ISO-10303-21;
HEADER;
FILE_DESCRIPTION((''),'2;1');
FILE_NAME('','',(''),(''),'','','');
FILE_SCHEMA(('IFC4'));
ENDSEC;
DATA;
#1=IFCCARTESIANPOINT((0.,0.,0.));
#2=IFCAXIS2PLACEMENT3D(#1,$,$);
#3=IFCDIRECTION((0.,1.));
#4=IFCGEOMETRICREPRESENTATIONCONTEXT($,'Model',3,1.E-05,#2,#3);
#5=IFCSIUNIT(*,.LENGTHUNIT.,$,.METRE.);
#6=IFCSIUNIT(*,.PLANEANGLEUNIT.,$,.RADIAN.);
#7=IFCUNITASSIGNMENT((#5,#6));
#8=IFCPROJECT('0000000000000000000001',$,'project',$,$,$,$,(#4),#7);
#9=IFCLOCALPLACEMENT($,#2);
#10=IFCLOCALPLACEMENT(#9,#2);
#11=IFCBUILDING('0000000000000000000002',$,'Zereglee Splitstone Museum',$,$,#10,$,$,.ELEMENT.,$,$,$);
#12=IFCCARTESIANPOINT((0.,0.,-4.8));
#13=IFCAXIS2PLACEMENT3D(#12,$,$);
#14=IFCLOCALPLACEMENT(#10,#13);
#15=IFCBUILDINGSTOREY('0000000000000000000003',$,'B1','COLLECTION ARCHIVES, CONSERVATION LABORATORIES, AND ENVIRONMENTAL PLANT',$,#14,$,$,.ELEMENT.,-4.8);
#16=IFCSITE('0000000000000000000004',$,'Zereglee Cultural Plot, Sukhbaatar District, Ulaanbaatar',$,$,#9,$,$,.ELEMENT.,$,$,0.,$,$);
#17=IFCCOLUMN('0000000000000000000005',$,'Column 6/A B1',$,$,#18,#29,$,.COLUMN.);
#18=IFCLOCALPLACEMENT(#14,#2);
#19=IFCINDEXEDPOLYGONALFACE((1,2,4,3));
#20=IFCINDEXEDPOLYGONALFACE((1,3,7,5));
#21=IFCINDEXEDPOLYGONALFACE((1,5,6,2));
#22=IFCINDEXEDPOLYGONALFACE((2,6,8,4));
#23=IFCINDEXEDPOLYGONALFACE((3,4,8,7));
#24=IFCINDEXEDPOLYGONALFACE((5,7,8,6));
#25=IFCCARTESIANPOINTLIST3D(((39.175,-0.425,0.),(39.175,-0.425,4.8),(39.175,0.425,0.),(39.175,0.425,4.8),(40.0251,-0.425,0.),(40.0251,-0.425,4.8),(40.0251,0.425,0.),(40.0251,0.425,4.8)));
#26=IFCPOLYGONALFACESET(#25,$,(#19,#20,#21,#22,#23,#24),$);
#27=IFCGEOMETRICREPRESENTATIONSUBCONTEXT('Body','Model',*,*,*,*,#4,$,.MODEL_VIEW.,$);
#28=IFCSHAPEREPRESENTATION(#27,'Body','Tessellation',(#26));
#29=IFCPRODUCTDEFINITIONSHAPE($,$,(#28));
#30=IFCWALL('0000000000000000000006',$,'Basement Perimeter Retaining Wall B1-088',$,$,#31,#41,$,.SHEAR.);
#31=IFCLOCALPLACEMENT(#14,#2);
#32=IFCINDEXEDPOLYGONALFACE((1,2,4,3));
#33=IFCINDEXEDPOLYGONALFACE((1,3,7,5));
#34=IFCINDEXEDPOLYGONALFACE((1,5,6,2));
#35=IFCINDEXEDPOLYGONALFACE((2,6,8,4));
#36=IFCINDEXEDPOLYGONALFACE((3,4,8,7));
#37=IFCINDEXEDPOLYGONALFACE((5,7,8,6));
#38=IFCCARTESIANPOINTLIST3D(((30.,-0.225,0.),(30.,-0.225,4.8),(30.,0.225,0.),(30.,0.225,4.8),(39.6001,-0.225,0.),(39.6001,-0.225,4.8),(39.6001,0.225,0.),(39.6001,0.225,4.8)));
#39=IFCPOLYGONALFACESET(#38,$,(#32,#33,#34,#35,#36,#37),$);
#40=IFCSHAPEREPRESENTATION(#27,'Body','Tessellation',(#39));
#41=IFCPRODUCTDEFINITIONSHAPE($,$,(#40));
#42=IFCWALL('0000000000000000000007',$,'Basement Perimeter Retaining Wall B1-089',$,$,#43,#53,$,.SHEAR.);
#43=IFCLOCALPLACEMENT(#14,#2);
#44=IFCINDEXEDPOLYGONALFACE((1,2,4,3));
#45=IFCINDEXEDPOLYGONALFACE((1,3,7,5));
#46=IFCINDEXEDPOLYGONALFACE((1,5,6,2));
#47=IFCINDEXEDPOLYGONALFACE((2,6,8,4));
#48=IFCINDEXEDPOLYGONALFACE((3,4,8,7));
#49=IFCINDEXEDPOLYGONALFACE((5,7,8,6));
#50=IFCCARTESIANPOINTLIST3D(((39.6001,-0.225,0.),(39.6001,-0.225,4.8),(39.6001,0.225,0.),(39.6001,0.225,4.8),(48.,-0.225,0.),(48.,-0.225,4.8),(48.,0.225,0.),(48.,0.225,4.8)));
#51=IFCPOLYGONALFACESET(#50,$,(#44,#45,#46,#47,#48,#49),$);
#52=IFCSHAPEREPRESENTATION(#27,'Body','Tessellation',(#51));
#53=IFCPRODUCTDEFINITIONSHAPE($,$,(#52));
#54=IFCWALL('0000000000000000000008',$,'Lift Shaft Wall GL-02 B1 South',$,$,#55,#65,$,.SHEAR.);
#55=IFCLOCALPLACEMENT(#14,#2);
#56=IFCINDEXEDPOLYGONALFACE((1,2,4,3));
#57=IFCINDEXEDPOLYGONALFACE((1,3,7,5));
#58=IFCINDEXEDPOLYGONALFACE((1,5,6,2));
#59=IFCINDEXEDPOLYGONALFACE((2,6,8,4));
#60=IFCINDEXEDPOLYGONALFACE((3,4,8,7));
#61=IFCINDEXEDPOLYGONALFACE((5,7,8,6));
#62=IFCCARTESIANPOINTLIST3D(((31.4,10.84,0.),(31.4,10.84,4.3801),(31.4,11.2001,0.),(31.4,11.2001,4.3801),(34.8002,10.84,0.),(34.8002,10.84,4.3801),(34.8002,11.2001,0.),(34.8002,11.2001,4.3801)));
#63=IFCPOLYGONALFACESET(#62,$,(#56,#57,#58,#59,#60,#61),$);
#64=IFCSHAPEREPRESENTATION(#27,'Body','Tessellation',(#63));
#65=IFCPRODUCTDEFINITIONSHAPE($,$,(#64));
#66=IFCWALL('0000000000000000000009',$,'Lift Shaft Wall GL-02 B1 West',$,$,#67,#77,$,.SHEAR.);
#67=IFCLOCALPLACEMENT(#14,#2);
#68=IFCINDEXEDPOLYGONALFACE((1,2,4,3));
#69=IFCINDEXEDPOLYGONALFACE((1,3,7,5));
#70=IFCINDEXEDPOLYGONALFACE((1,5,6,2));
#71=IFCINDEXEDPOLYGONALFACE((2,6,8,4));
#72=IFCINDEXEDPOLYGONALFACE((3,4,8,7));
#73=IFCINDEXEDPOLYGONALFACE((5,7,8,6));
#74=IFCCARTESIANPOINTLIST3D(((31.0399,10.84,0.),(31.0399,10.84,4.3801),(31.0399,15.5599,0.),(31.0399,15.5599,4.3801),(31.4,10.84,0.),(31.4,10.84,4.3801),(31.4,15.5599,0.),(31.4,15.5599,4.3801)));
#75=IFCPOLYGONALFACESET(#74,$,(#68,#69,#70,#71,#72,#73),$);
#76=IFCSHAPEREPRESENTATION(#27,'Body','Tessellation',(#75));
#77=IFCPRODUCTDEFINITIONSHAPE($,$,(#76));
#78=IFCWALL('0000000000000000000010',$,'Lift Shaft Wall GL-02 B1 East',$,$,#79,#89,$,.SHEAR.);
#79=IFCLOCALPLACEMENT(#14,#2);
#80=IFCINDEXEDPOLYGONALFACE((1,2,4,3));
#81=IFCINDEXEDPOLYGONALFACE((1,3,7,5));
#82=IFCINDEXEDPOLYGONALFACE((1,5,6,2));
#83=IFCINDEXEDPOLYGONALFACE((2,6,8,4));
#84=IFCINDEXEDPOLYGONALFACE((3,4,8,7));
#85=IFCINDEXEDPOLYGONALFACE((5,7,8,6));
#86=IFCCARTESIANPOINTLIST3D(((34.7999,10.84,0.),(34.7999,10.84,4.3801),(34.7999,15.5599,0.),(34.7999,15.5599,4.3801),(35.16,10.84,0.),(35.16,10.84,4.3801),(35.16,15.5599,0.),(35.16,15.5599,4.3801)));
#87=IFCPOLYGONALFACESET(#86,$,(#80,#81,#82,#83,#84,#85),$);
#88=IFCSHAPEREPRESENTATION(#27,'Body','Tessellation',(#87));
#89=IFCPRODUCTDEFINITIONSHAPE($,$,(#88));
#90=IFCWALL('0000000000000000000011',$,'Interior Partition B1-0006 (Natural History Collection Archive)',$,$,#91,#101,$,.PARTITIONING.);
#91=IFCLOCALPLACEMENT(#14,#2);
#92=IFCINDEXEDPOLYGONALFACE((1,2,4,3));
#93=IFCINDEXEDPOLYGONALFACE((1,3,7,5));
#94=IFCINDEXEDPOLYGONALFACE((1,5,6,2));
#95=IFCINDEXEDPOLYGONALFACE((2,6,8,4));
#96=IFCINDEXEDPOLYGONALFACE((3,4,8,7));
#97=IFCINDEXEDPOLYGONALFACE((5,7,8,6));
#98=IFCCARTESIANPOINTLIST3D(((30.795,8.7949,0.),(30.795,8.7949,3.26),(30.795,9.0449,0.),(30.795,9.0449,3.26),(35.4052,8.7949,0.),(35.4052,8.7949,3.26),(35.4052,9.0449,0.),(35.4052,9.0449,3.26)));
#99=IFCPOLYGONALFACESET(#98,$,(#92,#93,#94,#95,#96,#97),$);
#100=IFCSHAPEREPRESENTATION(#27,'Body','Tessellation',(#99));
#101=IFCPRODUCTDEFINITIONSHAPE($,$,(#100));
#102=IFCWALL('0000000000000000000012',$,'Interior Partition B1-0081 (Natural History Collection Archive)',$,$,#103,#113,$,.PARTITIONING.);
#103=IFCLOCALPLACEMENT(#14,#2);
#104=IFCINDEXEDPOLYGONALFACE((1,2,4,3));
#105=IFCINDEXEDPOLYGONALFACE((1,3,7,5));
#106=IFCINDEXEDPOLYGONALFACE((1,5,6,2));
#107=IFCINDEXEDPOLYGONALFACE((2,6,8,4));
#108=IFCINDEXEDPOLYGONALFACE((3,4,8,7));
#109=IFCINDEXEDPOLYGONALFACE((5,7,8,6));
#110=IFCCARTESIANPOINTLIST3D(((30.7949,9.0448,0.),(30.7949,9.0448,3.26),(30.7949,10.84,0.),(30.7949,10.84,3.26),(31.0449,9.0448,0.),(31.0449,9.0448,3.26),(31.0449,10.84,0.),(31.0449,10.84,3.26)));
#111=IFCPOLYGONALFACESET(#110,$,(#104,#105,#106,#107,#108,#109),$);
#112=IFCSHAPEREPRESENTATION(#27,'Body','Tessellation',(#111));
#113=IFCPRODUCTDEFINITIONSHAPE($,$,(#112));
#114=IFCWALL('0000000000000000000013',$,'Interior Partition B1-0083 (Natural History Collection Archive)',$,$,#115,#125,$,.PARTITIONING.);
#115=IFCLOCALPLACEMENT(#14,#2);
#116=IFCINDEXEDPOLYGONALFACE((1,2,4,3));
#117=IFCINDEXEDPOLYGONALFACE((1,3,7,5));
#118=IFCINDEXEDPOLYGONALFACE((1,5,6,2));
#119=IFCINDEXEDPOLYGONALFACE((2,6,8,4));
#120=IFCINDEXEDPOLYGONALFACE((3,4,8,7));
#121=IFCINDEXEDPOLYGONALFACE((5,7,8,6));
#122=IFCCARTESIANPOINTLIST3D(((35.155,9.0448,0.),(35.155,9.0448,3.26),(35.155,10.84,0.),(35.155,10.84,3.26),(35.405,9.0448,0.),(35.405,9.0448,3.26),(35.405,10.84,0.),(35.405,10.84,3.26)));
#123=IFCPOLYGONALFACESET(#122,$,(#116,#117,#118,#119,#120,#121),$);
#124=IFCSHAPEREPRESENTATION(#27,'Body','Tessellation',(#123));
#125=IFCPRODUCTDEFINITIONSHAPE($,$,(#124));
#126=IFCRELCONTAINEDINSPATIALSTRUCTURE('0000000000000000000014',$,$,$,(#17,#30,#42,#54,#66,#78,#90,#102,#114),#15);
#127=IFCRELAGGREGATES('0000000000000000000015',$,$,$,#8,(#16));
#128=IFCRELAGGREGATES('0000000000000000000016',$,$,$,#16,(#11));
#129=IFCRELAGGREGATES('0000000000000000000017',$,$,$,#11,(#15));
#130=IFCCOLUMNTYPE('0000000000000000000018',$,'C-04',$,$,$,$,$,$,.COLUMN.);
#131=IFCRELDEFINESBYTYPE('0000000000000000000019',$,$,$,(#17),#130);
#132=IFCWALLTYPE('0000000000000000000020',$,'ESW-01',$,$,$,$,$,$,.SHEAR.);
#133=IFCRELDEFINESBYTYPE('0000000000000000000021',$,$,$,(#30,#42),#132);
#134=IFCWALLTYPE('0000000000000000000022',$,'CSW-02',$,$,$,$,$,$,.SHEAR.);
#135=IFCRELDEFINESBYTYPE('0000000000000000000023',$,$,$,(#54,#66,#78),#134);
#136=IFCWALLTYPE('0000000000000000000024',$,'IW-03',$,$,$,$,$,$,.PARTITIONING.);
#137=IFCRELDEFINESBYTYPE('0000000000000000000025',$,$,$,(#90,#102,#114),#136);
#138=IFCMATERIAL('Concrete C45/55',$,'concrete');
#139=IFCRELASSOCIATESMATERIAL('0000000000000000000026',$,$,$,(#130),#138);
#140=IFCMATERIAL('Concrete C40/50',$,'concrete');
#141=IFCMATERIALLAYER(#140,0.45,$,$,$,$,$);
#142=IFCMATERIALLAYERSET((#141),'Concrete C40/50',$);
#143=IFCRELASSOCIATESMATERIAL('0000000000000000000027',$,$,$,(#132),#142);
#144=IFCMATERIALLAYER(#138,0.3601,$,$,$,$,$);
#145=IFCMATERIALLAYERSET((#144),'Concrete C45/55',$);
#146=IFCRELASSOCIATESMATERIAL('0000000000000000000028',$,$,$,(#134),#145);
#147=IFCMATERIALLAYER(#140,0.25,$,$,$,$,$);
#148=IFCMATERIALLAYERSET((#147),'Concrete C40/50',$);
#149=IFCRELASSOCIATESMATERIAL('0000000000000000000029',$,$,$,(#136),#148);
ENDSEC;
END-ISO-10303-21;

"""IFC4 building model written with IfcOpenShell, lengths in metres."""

from ifc_helpers import new_model, si_unit, direction, frame, frame_2d, origin, origin_2d, place, context, subcontext, project, spatial, rectangle, extrude, material, layer, layer_set, material_profile, profile_set, type_object, element, save


model = new_model("IFC4")

# Units and contexts
model_context = context("Model", 3, precision=1e-05, world=origin(), true_north=direction((0.0, 1.0)))
body_context = subcontext(model_context, "Body", "Model", "MODEL_VIEW")
ifc_project = project(units=[si_unit("LENGTHUNIT", "METRE"), si_unit("PLANEANGLEUNIT", "RADIAN")], contexts=[model_context])

# Site, building, storey
site_placement = place(None, origin())
site = spatial("IfcSite", under=ifc_project, at=site_placement, Name="Zereglee Cultural Plot, Sukhbaatar District, Ulaanbaatar", CompositionType="ELEMENT", RefElevation=0.0)
building_placement = place(site_placement, origin())
building = spatial("IfcBuilding", under=site, at=building_placement, Name="Zereglee Splitstone Museum", CompositionType="ELEMENT")
storey_placement = place(building_placement, frame((0.0, 0.0, -4.8)))
storey = spatial("IfcBuildingStorey", under=building, at=storey_placement, Name="B1", Description="COLLECTION ARCHIVES, CONSERVATION LABORATORIES, AND ENVIRONMENTAL PLANT", CompositionType="ELEMENT", Elevation=-4.8)

# Shared definitions
ifc_material_1 = material(Name="Concrete C40/50", Category="concrete")

# Column
ifc_material_2 = material(Name="Concrete C45/55", Category="concrete")
ifc_material_profile_1 = material_profile(ifc_material_2, rectangle(XDim=0.8501, YDim=0.8501, at=origin_2d()), Name="RC 850x850")
ifc_profile_set_1 = profile_set([ifc_material_profile_1], Name="Concrete C45/55")
column_type_1 = type_object("IfcColumnType", Name="C-04", PredefinedType="COLUMN", material=ifc_profile_set_1)
column_1_placement = place(storey_placement, frame((39.6001, 0.0, 0.0), z_axis=(0.0, 0.0, 1.0), x_axis=(1.0, 0.0, 0.0)))
element("IfcColumn", 1, at=column_1_placement, inside=storey, type_object=column_type_1, Name="Column 6/A B1", PredefinedType="COLUMN", context=body_context, shape_type="SweptSolid", body=[
    extrude(rectangle(XDim=0.8501, YDim=0.8501, at=origin_2d()), origin(), (0.0, 0.0, 1.0), 4.8),
])

# Walls
ifc_layer_1 = layer(ifc_material_1, 0.45)
ifc_layer_set_1 = layer_set([ifc_layer_1], Name="Concrete C40/50")
wall_type_1 = type_object("IfcWallType", Name="ESW-01", PredefinedType="SHEAR", material=ifc_layer_set_1)
wall_1_placement = place(storey_placement, frame((30.0, 0.0, 0.0), z_axis=(0.0, 0.0, 1.0), x_axis=(1.0, 0.0, 0.0)))
element("IfcWall", 2, at=wall_1_placement, inside=storey, type_object=wall_type_1, Name="Basement Perimeter Retaining Wall B1-088", PredefinedType="SHEAR", context=body_context, shape_type="SweptSolid", body=[
    extrude(rectangle(XDim=9.6001, YDim=0.45, at=frame_2d((4.8, 0.0))), origin(), (0.0, 0.0, 1.0), 4.8),
])
wall_2_placement = place(storey_placement, frame((39.6001, 0.0, 0.0), z_axis=(0.0, 0.0, 1.0), x_axis=(1.0, 0.0, 0.0)))
element("IfcWall", 3, at=wall_2_placement, inside=storey, type_object=wall_type_1, Name="Basement Perimeter Retaining Wall B1-089", PredefinedType="SHEAR", context=body_context, shape_type="SweptSolid", body=[
    extrude(rectangle(XDim=8.3999, YDim=0.45, at=frame_2d((4.2, 0.0))), origin(), (0.0, 0.0, 1.0), 4.8),
])
ifc_layer_2 = layer(ifc_material_2, 0.3601)
ifc_layer_set_2 = layer_set([ifc_layer_2], Name="Concrete C45/55")
wall_type_2 = type_object("IfcWallType", Name="CSW-02", PredefinedType="SHEAR", material=ifc_layer_set_2)
wall_3_placement = place(storey_placement, frame((31.3999, 11.02, 0.0), z_axis=(0.0, 0.0, 1.0), x_axis=(1.0, 0.0, 0.0)))
element("IfcWall", 4, at=wall_3_placement, inside=storey, type_object=wall_type_2, Name="Lift Shaft Wall GL-02 B1 South", PredefinedType="SHEAR", context=body_context, shape_type="SweptSolid", body=[
    extrude(rectangle(XDim=3.4001, YDim=0.3601, at=frame_2d((1.7002, 0.0))), origin(), (0.0, 0.0, 1.0), 4.3801),
])
for number, where, z_axis, x_axis, name in (
    (5, (31.22, 10.8401, 0.0), (0.0, 0.0, 1.0), (0.0, 1.0, 0.0), "Lift Shaft Wall GL-02 B1 West"),
    (6, (34.98, 10.8401, 0.0), (0.0, 0.0, 1.0), (0.0, 1.0, 0.0), "Lift Shaft Wall GL-02 B1 East"),
):
    element("IfcWall", number, at=place(storey_placement, frame(where, z_axis=z_axis, x_axis=x_axis)), inside=storey, type_object=wall_type_2, Name=name, PredefinedType="SHEAR", context=body_context, shape_type="SweptSolid", body=[
        extrude(rectangle(XDim=4.72, YDim=0.3601, at=frame_2d((2.3599, 0.0))), origin(), (0.0, 0.0, 1.0), 4.3801),
    ])
ifc_layer_3 = layer(ifc_material_1, 0.25)
ifc_layer_set_3 = layer_set([ifc_layer_3], Name="Concrete C40/50")
wall_type_3 = type_object("IfcWallType", Name="IW-03", PredefinedType="PARTITIONING", material=ifc_layer_set_3)
wall_4_placement = place(storey_placement, frame((30.7949, 8.9199, 0.0), z_axis=(0.0, 0.0, 1.0), x_axis=(1.0, 0.0, 0.0)))
element("IfcWall", 7, at=wall_4_placement, inside=storey, type_object=wall_type_3, Name="Interior Partition B1-0006 (Natural History Collection Archive)", PredefinedType="PARTITIONING", context=body_context, shape_type="SweptSolid", body=[
    extrude(rectangle(XDim=4.6101, YDim=0.25, at=frame_2d((2.3052, 0.0))), origin(), (0.0, 0.0, 1.0), 3.26),
])
for number, where, z_axis, x_axis, name in (
    (8, (30.9199, 9.0449, 0.0), (0.0, 0.0, 1.0), (0.0, 1.0, 0.0), "Interior Partition B1-0081 (Natural History Collection Archive)"),
    (9, (35.28, 9.0449, 0.0), (0.0, 0.0, 1.0), (0.0, 1.0, 0.0), "Interior Partition B1-0083 (Natural History Collection Archive)"),
):
    element("IfcWall", number, at=place(storey_placement, frame(where, z_axis=z_axis, x_axis=x_axis)), inside=storey, type_object=wall_type_3, Name=name, PredefinedType="PARTITIONING", context=body_context, shape_type="SweptSolid", body=[
        extrude(rectangle(XDim=1.7952, YDim=0.25, at=frame_2d((0.8975, 0.0))), origin(), (0.0, 0.0, 1.0), 3.26),
    ])

save(model, "model.ifc")
